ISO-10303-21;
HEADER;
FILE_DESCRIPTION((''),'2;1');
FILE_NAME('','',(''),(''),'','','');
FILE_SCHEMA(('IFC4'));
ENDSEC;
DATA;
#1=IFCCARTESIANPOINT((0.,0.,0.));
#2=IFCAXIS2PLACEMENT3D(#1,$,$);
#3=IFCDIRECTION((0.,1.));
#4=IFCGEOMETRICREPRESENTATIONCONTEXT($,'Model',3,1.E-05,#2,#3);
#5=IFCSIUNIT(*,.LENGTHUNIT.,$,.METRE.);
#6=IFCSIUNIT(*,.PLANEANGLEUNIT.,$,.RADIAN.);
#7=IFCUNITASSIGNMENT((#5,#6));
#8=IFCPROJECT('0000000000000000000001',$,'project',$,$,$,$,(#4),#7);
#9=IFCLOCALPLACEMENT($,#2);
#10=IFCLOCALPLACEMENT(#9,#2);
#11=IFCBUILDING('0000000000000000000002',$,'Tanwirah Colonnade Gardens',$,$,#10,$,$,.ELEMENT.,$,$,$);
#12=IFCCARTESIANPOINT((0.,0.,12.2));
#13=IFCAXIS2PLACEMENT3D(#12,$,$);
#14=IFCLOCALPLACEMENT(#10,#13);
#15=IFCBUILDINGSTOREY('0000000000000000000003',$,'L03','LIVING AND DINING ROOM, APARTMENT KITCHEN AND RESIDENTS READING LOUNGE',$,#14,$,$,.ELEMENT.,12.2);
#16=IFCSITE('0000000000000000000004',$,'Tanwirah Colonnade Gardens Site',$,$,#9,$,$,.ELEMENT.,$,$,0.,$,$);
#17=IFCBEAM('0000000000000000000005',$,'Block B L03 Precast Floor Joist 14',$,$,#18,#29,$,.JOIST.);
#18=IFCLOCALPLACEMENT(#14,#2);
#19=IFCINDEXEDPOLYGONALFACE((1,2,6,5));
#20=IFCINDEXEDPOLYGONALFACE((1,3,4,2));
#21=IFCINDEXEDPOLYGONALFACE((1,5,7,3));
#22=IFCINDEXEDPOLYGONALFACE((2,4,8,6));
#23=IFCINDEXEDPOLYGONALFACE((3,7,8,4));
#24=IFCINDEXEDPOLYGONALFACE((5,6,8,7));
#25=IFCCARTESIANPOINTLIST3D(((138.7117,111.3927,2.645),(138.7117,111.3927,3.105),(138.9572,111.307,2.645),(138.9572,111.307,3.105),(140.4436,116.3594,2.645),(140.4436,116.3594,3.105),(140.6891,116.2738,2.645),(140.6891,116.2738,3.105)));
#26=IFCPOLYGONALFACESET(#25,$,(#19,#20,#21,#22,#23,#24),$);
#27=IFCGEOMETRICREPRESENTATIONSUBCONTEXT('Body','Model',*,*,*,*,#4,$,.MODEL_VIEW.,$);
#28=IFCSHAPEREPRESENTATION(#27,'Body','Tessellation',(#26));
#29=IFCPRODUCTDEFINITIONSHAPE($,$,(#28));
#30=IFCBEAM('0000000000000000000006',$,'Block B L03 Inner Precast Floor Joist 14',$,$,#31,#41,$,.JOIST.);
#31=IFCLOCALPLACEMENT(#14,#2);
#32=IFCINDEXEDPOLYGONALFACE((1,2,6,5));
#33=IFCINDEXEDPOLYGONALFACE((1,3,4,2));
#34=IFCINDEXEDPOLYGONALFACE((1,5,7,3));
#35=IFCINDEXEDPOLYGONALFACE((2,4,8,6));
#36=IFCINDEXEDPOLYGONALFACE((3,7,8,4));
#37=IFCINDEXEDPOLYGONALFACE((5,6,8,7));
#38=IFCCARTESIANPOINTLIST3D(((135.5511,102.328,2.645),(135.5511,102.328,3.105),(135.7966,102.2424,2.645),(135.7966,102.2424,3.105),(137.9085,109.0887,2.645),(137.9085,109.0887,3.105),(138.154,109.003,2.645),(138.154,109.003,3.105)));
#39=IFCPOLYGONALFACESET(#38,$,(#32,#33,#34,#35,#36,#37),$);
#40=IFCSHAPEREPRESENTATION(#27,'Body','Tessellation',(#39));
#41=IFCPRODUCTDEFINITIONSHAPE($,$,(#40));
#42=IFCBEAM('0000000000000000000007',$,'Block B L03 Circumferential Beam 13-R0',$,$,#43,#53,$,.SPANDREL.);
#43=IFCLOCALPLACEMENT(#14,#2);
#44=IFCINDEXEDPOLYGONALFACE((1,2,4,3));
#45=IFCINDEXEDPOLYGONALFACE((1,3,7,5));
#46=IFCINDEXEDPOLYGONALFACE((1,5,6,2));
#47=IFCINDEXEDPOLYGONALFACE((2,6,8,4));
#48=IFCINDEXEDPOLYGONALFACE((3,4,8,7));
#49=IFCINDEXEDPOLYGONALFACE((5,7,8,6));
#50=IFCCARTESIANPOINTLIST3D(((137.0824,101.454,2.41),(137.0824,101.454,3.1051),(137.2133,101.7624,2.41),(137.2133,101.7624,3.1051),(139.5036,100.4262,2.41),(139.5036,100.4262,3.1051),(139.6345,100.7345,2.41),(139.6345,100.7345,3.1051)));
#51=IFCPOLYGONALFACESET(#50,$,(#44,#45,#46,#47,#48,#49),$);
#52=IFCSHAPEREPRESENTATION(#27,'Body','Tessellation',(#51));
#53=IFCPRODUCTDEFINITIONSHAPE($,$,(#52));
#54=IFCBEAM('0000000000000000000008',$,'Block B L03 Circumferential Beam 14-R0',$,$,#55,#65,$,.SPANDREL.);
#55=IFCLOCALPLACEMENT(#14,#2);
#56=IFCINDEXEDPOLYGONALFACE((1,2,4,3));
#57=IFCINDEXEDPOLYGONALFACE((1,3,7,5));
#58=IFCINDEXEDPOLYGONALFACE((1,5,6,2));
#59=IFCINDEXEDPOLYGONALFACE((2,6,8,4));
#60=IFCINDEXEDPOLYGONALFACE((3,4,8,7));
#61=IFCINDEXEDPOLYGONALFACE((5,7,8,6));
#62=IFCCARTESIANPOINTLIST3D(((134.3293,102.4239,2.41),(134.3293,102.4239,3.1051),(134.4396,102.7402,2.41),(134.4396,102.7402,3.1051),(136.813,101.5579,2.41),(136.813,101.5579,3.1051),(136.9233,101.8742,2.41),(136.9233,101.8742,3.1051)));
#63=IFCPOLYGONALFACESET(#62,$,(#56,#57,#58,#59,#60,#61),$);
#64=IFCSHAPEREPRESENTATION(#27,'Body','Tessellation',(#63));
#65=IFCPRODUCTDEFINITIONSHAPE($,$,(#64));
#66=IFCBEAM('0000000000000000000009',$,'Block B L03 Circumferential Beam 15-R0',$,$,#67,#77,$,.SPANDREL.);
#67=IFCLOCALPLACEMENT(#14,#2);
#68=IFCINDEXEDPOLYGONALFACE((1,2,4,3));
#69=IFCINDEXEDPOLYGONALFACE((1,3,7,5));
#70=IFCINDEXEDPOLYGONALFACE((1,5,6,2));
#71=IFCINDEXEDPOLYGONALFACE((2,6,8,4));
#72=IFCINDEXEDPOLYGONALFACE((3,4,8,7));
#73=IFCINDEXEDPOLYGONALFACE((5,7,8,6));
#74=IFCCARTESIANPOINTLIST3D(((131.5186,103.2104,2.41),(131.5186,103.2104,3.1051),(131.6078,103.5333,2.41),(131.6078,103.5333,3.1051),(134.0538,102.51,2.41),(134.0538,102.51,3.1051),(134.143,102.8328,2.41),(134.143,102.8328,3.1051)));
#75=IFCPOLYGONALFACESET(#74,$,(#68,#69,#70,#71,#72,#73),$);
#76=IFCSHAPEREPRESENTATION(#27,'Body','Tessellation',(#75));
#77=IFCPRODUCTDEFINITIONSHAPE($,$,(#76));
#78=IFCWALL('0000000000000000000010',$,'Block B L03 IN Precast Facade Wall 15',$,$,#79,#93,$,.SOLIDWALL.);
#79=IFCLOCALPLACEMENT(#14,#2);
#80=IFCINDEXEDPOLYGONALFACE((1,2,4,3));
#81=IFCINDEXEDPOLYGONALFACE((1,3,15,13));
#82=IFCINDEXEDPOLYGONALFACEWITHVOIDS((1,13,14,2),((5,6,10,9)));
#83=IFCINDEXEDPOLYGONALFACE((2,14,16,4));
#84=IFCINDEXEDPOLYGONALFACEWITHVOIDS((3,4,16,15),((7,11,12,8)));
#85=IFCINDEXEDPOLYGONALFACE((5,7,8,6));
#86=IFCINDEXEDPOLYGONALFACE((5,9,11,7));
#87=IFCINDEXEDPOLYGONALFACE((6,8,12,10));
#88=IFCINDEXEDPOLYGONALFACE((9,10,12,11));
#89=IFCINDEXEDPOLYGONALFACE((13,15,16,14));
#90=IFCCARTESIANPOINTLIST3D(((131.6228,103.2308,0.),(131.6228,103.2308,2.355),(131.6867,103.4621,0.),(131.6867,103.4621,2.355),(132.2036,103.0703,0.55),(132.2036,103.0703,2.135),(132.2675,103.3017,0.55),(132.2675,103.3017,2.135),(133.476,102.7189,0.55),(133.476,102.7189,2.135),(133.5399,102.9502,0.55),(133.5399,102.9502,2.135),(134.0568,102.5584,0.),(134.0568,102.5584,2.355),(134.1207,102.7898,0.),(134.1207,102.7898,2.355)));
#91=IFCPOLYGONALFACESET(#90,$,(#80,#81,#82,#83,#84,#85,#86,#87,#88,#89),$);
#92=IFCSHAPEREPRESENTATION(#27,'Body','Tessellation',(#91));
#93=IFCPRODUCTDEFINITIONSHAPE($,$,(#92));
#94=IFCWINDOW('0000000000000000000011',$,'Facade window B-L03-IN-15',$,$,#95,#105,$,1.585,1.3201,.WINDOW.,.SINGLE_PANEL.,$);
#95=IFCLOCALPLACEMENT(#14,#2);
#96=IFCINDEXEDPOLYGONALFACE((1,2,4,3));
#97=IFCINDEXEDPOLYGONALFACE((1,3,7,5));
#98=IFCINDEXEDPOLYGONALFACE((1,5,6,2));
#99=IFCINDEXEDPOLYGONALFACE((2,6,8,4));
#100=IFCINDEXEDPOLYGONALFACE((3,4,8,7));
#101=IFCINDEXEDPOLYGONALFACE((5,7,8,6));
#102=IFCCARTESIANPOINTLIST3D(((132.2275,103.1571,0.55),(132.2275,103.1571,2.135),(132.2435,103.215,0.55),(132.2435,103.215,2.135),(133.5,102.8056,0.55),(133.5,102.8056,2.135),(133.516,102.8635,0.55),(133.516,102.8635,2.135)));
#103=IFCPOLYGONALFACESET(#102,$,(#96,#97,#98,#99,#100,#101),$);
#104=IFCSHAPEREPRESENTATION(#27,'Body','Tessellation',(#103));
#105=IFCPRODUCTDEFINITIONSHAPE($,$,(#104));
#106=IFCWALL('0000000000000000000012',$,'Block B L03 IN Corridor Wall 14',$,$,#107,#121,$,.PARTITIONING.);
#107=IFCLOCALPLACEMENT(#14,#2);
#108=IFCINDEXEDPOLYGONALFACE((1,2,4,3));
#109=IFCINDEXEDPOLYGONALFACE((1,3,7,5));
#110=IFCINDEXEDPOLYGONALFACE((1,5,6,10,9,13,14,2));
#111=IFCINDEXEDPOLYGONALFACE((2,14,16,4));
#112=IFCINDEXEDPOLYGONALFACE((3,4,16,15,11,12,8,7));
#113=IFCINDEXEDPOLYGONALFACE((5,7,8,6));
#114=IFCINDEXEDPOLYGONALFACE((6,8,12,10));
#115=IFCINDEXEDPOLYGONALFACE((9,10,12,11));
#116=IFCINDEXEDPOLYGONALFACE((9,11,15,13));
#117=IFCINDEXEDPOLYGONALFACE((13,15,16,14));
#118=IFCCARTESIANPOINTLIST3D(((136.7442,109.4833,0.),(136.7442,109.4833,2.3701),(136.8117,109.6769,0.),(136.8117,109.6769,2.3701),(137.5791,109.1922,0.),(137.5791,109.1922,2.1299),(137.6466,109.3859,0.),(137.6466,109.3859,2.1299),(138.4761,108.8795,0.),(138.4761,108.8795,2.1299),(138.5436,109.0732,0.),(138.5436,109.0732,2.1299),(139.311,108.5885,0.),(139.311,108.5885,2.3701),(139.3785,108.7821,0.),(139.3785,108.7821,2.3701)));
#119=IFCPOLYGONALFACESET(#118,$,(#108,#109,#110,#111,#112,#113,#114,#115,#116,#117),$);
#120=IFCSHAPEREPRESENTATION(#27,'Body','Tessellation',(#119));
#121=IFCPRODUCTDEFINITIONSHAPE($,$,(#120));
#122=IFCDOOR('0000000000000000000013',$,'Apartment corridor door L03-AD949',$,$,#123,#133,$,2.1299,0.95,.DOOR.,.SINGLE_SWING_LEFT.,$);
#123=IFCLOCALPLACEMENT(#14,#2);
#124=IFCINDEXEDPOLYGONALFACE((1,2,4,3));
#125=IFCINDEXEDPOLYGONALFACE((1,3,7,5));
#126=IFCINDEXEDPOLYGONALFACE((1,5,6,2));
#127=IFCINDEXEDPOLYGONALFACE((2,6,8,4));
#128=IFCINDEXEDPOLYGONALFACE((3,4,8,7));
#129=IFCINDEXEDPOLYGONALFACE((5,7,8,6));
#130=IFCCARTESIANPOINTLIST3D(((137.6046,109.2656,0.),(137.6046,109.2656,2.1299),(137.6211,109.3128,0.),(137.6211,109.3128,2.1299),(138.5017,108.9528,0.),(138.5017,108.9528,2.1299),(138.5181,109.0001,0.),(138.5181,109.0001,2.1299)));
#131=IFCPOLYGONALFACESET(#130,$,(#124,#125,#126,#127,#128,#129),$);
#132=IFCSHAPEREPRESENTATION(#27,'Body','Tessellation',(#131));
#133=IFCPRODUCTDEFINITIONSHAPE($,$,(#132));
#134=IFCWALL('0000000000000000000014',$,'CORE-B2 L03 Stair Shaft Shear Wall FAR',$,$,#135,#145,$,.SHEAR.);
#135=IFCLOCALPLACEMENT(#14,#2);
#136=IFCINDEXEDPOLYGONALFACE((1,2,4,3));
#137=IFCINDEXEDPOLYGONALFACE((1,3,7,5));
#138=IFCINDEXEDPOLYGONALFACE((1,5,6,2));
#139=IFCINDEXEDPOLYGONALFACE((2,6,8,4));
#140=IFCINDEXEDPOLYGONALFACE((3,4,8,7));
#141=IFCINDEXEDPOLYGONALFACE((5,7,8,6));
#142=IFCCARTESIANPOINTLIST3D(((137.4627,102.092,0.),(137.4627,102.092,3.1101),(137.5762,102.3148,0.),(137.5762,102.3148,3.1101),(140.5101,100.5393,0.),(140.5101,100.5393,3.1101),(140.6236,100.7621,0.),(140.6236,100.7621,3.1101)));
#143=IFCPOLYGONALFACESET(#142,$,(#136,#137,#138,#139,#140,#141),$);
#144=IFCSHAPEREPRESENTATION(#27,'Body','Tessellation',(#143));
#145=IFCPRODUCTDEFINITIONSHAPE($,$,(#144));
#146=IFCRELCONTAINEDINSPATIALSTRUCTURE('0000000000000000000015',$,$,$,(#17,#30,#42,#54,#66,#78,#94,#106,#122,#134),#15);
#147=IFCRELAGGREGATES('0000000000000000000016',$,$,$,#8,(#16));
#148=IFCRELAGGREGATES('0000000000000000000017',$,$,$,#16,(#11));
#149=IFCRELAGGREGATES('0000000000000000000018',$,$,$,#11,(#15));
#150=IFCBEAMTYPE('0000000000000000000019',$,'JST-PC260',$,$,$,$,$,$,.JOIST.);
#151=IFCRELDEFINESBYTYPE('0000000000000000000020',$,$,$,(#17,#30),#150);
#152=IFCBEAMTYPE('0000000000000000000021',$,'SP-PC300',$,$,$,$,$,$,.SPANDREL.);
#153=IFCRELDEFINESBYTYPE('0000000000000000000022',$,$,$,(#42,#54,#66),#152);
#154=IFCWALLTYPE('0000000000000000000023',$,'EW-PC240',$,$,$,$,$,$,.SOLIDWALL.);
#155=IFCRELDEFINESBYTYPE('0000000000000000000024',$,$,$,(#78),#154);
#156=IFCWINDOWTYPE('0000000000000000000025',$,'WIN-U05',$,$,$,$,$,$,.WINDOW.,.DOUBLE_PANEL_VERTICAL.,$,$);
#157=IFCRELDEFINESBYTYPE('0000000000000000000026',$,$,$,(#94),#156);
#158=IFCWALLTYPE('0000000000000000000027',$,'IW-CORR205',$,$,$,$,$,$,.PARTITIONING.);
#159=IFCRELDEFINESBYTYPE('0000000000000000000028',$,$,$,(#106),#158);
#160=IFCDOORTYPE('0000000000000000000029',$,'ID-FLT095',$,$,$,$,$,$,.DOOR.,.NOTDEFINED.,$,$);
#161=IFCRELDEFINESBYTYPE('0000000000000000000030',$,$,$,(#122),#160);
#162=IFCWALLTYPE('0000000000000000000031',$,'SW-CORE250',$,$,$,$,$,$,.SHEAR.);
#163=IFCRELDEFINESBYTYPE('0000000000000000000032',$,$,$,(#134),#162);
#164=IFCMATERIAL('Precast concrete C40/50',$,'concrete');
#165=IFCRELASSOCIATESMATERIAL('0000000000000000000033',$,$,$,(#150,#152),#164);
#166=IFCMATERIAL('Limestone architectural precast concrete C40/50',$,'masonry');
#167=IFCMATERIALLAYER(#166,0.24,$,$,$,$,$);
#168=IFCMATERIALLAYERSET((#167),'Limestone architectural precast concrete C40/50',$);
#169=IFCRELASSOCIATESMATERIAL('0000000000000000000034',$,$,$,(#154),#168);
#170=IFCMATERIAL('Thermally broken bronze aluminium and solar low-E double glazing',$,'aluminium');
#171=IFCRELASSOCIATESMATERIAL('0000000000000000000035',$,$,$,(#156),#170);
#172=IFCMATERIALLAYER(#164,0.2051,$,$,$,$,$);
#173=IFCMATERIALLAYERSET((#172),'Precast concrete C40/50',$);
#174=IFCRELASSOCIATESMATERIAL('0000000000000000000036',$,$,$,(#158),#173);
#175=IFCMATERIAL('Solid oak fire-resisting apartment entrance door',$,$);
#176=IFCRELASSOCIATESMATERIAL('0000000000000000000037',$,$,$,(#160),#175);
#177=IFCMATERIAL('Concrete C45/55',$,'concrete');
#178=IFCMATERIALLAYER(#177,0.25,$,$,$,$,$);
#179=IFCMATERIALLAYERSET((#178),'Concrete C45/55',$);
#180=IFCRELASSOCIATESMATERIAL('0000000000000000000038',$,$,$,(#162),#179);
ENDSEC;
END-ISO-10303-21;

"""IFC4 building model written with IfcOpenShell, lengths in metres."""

from ifc_helpers import new_model, si_unit, direction, frame, frame_2d, origin, origin_2d, place, context, subcontext, project, spatial, rectangle, extrude, material, layer, layer_set, material_profile, profile_set, type_object, element, fill, save


model = new_model("IFC4")

# Units and contexts
model_context = context("Model", 3, precision=1e-05, world=origin(), true_north=direction((0.0, 1.0)))
body_context = subcontext(model_context, "Body", "Model", "MODEL_VIEW")
ifc_project = project(units=[si_unit("LENGTHUNIT", "METRE"), si_unit("PLANEANGLEUNIT", "RADIAN")], contexts=[model_context])

# Site, building, storey
site_placement = place(None, origin())
site = spatial("IfcSite", under=ifc_project, at=site_placement, Name="Tanwirah Colonnade Gardens Site", CompositionType="ELEMENT", RefElevation=0.0)
building_placement = place(site_placement, origin())
building = spatial("IfcBuilding", under=site, at=building_placement, Name="Tanwirah Colonnade Gardens", CompositionType="ELEMENT")
storey_placement = place(building_placement, frame((0.0, 0.0, 12.2)))
storey = spatial("IfcBuildingStorey", under=building, at=storey_placement, Name="L03", Description="LIVING AND DINING ROOM, APARTMENT KITCHEN AND RESIDENTS READING LOUNGE", CompositionType="ELEMENT", Elevation=12.2)

# Shared definitions
ifc_material_1 = material(Name="Precast concrete C40/50", Category="concrete")

# Beams
ifc_material_profile_1 = material_profile(ifc_material_1, rectangle(XDim=0.26, YDim=0.46, at=origin_2d()), Name="PC-JST 260x460")
ifc_profile_set_1 = profile_set([ifc_material_profile_1], Name="Precast concrete C40/50")
beam_type_1 = type_object("IfcBeamType", Name="JST-PC260", PredefinedType="JOIST", material=ifc_profile_set_1)
beam_1_placement = place(storey_placement, frame((138.8345, 111.3499, 2.875), z_axis=(0.329259, 0.94424, 0.0), x_axis=(-0.94424, 0.329259, 0.0)))
element("IfcBeam", 1, at=beam_1_placement, inside=storey, type_object=beam_type_1, Name="Block B L03 Precast Floor Joist 14", PredefinedType="JOIST", context=body_context, shape_type="SweptSolid", body=[
    extrude(rectangle(XDim=0.26, YDim=0.46, at=origin_2d()), origin(), (0.0, 0.0, 1.0), 5.26),
])
beam_2_placement = place(storey_placement, frame((135.6738, 102.2852, 2.875), z_axis=(0.329251, 0.944243, 0.0), x_axis=(-0.944243, 0.329251, 0.0)))
element("IfcBeam", 2, at=beam_2_placement, inside=storey, type_object=beam_type_1, Name="Block B L03 Inner Precast Floor Joist 14", PredefinedType="JOIST", context=body_context, shape_type="SweptSolid", body=[
    extrude(rectangle(XDim=0.26, YDim=0.46, at=origin_2d()), origin(), (0.0, 0.0, 1.0), 7.1599),
])
ifc_material_profile_2 = material_profile(ifc_material_1, rectangle(XDim=0.335, YDim=0.6951, at=origin_2d()), Name="PC-SP 335x695")
ifc_profile_set_2 = profile_set([ifc_material_profile_2], Name="Precast concrete C40/50")
beam_type_2 = type_object("IfcBeamType", Name="SP-PC300", PredefinedType="SPANDREL", material=ifc_profile_set_2)
for number, where, z_axis, x_axis, name in (
    (3, (139.5691, 100.5803, 2.7576), (-0.920489, 0.390769, 0.0), (-0.390769, -0.920489, 0.0), "Block B L03 Circumferential Beam 13-R0"),
    (4, (136.8682, 101.7161, 2.7576), (-0.94425, 0.32923, 0.0), (-0.32923, -0.94425, 0.0), "Block B L03 Circumferential Beam 14-R0"),
):
    element("IfcBeam", number, at=place(storey_placement, frame(where, z_axis=z_axis, x_axis=x_axis)), inside=storey, type_object=beam_type_2, Name=name, PredefinedType="SPANDREL", context=body_context, shape_type="SweptSolid", body=[
        extrude(rectangle(XDim=0.335, YDim=0.6951, at=origin_2d()), origin(), (0.0, 0.0, 1.0), 2.6304),
    ])
beam_3_placement = place(storey_placement, frame((134.0984, 102.6714, 2.7576), z_axis=(-0.963887, 0.266313, 0.0), x_axis=(-0.266313, -0.963887, 0.0)))
element("IfcBeam", 5, at=beam_3_placement, inside=storey, type_object=beam_type_2, Name="Block B L03 Circumferential Beam 15-R0", PredefinedType="SPANDREL", context=body_context, shape_type="SweptSolid", body=[
    extrude(rectangle(XDim=0.335, YDim=0.6951, at=origin_2d()), origin(), (0.0, 0.0, 1.0), 2.6301),
])

# Wall, opening, window
ifc_material_2 = material(Name="Limestone architectural precast concrete C40/50", Category="masonry")
ifc_layer_1 = layer(ifc_material_2, 0.24)
ifc_layer_set_1 = layer_set([ifc_layer_1], Name="Limestone architectural precast concrete C40/50")
wall_type_1 = type_object("IfcWallType", Name="EW-PC240", PredefinedType="SOLIDWALL", material=ifc_layer_set_1)
wall_1_placement = place(storey_placement, frame((134.0889, 102.6741, 0.0), z_axis=(0.0, 0.0, 1.0), x_axis=(-0.963902, 0.266257, 0.0)))
wall_1 = element("IfcWall", 6, at=wall_1_placement, inside=storey, type_object=wall_type_1, Name="Block B L03 IN Precast Facade Wall 15", PredefinedType="SOLIDWALL", context=body_context, shape_type="SweptSolid", body=[
    extrude(rectangle(XDim=2.5251, YDim=0.24, at=frame_2d((1.2627, 0.0))), origin(), (0.0, 0.0, 1.0), 2.355),
])
opening_1_placement = place(wall_1_placement, frame((0.6025, 0.0, 0.55)))
opening_1 = element("IfcOpeningElement", 7, at=opening_1_placement, cuts=wall_1, PredefinedType="OPENING", context=body_context, shape_type="SweptSolid", body=[
    extrude(rectangle(XDim=1.3201, YDim=1.585, at=frame_2d((0.6602, 0.7925))), frame((0.0, 0.1299, 0.0), z_axis=(0.0, -1.0, 0.0), x_axis=(1.0, 0.0, 0.0)), (0.0, 0.0, 1.0), 0.26),
])
ifc_material_3 = material(Name="Thermally broken bronze aluminium and solar low-E double glazing", Category="aluminium")
window_type = type_object("IfcWindowType", Name="WIN-U05", PartitioningType="DOUBLE_PANEL_VERTICAL", PredefinedType="WINDOW", material=ifc_material_3)
window_placement = place(opening_1_placement, origin())
window = element("IfcWindow", 8, at=window_placement, inside=storey, type_object=window_type, Name="Facade window B-L03-IN-15", OverallHeight=1.585, OverallWidth=1.3201, PartitioningType="SINGLE_PANEL", PredefinedType="WINDOW", context=body_context, shape_type="SweptSolid", body=[
    extrude(rectangle(XDim=1.3201, YDim=1.585, at=frame_2d((0.6602, 0.7925))), frame((0.0, 0.03, 0.0), z_axis=(0.0, -1.0, 0.0), x_axis=(1.0, 0.0, 0.0)), (0.0, 0.0, 1.0), 0.0601),
])
fill(opening_1, window)

# Wall, opening, door
ifc_layer_2 = layer(ifc_material_1, 0.2051)
ifc_layer_set_2 = layer_set([ifc_layer_2], Name="Precast concrete C40/50")
wall_type_2 = type_object("IfcWallType", Name="IW-CORR205", PredefinedType="PARTITIONING", material=ifc_layer_set_2)
wall_2_placement = place(storey_placement, frame((139.3447, 108.6853, 0.0), z_axis=(0.0, 0.0, 1.0), x_axis=(-0.944265, 0.329186, 0.0)))
wall_2 = element("IfcWall", 9, at=wall_2_placement, inside=storey, type_object=wall_type_2, Name="Block B L03 IN Corridor Wall 14", PredefinedType="PARTITIONING", context=body_context, shape_type="SweptSolid", body=[
    extrude(rectangle(XDim=2.7183, YDim=0.2051, at=frame_2d((1.3591, 0.0))), origin(), (0.0, 0.0, 1.0), 2.3701),
])
opening_2_placement = place(wall_2_placement, frame((0.884, 0.0, 0.0)))
opening_2 = element("IfcOpeningElement", 10, at=opening_2_placement, cuts=wall_2, PredefinedType="OPENING", context=body_context, shape_type="SweptSolid", body=[
    extrude(rectangle(XDim=0.95, YDim=2.1299, at=frame_2d((0.4751, 1.0649))), frame((0.0, 0.1125, 0.0), z_axis=(0.0, -1.0, 0.0), x_axis=(1.0, 0.0, 0.0)), (0.0, 0.0, 1.0), 0.2251),
])
ifc_material_4 = material(Name="Solid oak fire-resisting apartment entrance door")
door_type_1 = type_object("IfcDoorType", Name="ID-FLT095", OperationType="NOTDEFINED", PredefinedType="DOOR", material=ifc_material_4)
door_1_placement = place(opening_2_placement, origin())
door_1 = element("IfcDoor", 11, at=door_1_placement, inside=storey, type_object=door_type_1, Name="Apartment corridor door L03-AD949", OperationType="SINGLE_SWING_LEFT", OverallHeight=2.1299, OverallWidth=0.95, PredefinedType="DOOR", context=body_context, shape_type="SweptSolid", body=[
    extrude(rectangle(XDim=0.95, YDim=2.1299, at=frame_2d((0.4751, 1.0649))), frame((0.0, 0.0249, 0.0), z_axis=(0.0, -1.0, 0.0), x_axis=(1.0, 0.0, 0.0)), (0.0, 0.0, 1.0), 0.05),
])
fill(opening_2, door_1)

# Wall
ifc_material_5 = material(Name="Concrete C45/55", Category="concrete")
ifc_layer_3 = layer(ifc_material_5, 0.25)
ifc_layer_set_3 = layer_set([ifc_layer_3], Name="Concrete C45/55")
wall_type_3 = type_object("IfcWallType", Name="SW-CORE250", PredefinedType="SHEAR", material=ifc_layer_set_3)
wall_3_placement = place(storey_placement, frame((137.5195, 102.2034, 0.0), z_axis=(0.0, 0.0, 1.0), x_axis=(0.891004, -0.453996, 0.0)))
element("IfcWall", 12, at=wall_3_placement, inside=storey, type_object=wall_type_3, Name="CORE-B2 L03 Stair Shaft Shear Wall FAR", PredefinedType="SHEAR", context=body_context, shape_type="SweptSolid", body=[
    extrude(rectangle(XDim=3.4202, YDim=0.25, at=frame_2d((1.71, 0.0))), origin(), (0.0, 0.0, 1.0), 3.1101),
])

save(model, "model.ifc")
